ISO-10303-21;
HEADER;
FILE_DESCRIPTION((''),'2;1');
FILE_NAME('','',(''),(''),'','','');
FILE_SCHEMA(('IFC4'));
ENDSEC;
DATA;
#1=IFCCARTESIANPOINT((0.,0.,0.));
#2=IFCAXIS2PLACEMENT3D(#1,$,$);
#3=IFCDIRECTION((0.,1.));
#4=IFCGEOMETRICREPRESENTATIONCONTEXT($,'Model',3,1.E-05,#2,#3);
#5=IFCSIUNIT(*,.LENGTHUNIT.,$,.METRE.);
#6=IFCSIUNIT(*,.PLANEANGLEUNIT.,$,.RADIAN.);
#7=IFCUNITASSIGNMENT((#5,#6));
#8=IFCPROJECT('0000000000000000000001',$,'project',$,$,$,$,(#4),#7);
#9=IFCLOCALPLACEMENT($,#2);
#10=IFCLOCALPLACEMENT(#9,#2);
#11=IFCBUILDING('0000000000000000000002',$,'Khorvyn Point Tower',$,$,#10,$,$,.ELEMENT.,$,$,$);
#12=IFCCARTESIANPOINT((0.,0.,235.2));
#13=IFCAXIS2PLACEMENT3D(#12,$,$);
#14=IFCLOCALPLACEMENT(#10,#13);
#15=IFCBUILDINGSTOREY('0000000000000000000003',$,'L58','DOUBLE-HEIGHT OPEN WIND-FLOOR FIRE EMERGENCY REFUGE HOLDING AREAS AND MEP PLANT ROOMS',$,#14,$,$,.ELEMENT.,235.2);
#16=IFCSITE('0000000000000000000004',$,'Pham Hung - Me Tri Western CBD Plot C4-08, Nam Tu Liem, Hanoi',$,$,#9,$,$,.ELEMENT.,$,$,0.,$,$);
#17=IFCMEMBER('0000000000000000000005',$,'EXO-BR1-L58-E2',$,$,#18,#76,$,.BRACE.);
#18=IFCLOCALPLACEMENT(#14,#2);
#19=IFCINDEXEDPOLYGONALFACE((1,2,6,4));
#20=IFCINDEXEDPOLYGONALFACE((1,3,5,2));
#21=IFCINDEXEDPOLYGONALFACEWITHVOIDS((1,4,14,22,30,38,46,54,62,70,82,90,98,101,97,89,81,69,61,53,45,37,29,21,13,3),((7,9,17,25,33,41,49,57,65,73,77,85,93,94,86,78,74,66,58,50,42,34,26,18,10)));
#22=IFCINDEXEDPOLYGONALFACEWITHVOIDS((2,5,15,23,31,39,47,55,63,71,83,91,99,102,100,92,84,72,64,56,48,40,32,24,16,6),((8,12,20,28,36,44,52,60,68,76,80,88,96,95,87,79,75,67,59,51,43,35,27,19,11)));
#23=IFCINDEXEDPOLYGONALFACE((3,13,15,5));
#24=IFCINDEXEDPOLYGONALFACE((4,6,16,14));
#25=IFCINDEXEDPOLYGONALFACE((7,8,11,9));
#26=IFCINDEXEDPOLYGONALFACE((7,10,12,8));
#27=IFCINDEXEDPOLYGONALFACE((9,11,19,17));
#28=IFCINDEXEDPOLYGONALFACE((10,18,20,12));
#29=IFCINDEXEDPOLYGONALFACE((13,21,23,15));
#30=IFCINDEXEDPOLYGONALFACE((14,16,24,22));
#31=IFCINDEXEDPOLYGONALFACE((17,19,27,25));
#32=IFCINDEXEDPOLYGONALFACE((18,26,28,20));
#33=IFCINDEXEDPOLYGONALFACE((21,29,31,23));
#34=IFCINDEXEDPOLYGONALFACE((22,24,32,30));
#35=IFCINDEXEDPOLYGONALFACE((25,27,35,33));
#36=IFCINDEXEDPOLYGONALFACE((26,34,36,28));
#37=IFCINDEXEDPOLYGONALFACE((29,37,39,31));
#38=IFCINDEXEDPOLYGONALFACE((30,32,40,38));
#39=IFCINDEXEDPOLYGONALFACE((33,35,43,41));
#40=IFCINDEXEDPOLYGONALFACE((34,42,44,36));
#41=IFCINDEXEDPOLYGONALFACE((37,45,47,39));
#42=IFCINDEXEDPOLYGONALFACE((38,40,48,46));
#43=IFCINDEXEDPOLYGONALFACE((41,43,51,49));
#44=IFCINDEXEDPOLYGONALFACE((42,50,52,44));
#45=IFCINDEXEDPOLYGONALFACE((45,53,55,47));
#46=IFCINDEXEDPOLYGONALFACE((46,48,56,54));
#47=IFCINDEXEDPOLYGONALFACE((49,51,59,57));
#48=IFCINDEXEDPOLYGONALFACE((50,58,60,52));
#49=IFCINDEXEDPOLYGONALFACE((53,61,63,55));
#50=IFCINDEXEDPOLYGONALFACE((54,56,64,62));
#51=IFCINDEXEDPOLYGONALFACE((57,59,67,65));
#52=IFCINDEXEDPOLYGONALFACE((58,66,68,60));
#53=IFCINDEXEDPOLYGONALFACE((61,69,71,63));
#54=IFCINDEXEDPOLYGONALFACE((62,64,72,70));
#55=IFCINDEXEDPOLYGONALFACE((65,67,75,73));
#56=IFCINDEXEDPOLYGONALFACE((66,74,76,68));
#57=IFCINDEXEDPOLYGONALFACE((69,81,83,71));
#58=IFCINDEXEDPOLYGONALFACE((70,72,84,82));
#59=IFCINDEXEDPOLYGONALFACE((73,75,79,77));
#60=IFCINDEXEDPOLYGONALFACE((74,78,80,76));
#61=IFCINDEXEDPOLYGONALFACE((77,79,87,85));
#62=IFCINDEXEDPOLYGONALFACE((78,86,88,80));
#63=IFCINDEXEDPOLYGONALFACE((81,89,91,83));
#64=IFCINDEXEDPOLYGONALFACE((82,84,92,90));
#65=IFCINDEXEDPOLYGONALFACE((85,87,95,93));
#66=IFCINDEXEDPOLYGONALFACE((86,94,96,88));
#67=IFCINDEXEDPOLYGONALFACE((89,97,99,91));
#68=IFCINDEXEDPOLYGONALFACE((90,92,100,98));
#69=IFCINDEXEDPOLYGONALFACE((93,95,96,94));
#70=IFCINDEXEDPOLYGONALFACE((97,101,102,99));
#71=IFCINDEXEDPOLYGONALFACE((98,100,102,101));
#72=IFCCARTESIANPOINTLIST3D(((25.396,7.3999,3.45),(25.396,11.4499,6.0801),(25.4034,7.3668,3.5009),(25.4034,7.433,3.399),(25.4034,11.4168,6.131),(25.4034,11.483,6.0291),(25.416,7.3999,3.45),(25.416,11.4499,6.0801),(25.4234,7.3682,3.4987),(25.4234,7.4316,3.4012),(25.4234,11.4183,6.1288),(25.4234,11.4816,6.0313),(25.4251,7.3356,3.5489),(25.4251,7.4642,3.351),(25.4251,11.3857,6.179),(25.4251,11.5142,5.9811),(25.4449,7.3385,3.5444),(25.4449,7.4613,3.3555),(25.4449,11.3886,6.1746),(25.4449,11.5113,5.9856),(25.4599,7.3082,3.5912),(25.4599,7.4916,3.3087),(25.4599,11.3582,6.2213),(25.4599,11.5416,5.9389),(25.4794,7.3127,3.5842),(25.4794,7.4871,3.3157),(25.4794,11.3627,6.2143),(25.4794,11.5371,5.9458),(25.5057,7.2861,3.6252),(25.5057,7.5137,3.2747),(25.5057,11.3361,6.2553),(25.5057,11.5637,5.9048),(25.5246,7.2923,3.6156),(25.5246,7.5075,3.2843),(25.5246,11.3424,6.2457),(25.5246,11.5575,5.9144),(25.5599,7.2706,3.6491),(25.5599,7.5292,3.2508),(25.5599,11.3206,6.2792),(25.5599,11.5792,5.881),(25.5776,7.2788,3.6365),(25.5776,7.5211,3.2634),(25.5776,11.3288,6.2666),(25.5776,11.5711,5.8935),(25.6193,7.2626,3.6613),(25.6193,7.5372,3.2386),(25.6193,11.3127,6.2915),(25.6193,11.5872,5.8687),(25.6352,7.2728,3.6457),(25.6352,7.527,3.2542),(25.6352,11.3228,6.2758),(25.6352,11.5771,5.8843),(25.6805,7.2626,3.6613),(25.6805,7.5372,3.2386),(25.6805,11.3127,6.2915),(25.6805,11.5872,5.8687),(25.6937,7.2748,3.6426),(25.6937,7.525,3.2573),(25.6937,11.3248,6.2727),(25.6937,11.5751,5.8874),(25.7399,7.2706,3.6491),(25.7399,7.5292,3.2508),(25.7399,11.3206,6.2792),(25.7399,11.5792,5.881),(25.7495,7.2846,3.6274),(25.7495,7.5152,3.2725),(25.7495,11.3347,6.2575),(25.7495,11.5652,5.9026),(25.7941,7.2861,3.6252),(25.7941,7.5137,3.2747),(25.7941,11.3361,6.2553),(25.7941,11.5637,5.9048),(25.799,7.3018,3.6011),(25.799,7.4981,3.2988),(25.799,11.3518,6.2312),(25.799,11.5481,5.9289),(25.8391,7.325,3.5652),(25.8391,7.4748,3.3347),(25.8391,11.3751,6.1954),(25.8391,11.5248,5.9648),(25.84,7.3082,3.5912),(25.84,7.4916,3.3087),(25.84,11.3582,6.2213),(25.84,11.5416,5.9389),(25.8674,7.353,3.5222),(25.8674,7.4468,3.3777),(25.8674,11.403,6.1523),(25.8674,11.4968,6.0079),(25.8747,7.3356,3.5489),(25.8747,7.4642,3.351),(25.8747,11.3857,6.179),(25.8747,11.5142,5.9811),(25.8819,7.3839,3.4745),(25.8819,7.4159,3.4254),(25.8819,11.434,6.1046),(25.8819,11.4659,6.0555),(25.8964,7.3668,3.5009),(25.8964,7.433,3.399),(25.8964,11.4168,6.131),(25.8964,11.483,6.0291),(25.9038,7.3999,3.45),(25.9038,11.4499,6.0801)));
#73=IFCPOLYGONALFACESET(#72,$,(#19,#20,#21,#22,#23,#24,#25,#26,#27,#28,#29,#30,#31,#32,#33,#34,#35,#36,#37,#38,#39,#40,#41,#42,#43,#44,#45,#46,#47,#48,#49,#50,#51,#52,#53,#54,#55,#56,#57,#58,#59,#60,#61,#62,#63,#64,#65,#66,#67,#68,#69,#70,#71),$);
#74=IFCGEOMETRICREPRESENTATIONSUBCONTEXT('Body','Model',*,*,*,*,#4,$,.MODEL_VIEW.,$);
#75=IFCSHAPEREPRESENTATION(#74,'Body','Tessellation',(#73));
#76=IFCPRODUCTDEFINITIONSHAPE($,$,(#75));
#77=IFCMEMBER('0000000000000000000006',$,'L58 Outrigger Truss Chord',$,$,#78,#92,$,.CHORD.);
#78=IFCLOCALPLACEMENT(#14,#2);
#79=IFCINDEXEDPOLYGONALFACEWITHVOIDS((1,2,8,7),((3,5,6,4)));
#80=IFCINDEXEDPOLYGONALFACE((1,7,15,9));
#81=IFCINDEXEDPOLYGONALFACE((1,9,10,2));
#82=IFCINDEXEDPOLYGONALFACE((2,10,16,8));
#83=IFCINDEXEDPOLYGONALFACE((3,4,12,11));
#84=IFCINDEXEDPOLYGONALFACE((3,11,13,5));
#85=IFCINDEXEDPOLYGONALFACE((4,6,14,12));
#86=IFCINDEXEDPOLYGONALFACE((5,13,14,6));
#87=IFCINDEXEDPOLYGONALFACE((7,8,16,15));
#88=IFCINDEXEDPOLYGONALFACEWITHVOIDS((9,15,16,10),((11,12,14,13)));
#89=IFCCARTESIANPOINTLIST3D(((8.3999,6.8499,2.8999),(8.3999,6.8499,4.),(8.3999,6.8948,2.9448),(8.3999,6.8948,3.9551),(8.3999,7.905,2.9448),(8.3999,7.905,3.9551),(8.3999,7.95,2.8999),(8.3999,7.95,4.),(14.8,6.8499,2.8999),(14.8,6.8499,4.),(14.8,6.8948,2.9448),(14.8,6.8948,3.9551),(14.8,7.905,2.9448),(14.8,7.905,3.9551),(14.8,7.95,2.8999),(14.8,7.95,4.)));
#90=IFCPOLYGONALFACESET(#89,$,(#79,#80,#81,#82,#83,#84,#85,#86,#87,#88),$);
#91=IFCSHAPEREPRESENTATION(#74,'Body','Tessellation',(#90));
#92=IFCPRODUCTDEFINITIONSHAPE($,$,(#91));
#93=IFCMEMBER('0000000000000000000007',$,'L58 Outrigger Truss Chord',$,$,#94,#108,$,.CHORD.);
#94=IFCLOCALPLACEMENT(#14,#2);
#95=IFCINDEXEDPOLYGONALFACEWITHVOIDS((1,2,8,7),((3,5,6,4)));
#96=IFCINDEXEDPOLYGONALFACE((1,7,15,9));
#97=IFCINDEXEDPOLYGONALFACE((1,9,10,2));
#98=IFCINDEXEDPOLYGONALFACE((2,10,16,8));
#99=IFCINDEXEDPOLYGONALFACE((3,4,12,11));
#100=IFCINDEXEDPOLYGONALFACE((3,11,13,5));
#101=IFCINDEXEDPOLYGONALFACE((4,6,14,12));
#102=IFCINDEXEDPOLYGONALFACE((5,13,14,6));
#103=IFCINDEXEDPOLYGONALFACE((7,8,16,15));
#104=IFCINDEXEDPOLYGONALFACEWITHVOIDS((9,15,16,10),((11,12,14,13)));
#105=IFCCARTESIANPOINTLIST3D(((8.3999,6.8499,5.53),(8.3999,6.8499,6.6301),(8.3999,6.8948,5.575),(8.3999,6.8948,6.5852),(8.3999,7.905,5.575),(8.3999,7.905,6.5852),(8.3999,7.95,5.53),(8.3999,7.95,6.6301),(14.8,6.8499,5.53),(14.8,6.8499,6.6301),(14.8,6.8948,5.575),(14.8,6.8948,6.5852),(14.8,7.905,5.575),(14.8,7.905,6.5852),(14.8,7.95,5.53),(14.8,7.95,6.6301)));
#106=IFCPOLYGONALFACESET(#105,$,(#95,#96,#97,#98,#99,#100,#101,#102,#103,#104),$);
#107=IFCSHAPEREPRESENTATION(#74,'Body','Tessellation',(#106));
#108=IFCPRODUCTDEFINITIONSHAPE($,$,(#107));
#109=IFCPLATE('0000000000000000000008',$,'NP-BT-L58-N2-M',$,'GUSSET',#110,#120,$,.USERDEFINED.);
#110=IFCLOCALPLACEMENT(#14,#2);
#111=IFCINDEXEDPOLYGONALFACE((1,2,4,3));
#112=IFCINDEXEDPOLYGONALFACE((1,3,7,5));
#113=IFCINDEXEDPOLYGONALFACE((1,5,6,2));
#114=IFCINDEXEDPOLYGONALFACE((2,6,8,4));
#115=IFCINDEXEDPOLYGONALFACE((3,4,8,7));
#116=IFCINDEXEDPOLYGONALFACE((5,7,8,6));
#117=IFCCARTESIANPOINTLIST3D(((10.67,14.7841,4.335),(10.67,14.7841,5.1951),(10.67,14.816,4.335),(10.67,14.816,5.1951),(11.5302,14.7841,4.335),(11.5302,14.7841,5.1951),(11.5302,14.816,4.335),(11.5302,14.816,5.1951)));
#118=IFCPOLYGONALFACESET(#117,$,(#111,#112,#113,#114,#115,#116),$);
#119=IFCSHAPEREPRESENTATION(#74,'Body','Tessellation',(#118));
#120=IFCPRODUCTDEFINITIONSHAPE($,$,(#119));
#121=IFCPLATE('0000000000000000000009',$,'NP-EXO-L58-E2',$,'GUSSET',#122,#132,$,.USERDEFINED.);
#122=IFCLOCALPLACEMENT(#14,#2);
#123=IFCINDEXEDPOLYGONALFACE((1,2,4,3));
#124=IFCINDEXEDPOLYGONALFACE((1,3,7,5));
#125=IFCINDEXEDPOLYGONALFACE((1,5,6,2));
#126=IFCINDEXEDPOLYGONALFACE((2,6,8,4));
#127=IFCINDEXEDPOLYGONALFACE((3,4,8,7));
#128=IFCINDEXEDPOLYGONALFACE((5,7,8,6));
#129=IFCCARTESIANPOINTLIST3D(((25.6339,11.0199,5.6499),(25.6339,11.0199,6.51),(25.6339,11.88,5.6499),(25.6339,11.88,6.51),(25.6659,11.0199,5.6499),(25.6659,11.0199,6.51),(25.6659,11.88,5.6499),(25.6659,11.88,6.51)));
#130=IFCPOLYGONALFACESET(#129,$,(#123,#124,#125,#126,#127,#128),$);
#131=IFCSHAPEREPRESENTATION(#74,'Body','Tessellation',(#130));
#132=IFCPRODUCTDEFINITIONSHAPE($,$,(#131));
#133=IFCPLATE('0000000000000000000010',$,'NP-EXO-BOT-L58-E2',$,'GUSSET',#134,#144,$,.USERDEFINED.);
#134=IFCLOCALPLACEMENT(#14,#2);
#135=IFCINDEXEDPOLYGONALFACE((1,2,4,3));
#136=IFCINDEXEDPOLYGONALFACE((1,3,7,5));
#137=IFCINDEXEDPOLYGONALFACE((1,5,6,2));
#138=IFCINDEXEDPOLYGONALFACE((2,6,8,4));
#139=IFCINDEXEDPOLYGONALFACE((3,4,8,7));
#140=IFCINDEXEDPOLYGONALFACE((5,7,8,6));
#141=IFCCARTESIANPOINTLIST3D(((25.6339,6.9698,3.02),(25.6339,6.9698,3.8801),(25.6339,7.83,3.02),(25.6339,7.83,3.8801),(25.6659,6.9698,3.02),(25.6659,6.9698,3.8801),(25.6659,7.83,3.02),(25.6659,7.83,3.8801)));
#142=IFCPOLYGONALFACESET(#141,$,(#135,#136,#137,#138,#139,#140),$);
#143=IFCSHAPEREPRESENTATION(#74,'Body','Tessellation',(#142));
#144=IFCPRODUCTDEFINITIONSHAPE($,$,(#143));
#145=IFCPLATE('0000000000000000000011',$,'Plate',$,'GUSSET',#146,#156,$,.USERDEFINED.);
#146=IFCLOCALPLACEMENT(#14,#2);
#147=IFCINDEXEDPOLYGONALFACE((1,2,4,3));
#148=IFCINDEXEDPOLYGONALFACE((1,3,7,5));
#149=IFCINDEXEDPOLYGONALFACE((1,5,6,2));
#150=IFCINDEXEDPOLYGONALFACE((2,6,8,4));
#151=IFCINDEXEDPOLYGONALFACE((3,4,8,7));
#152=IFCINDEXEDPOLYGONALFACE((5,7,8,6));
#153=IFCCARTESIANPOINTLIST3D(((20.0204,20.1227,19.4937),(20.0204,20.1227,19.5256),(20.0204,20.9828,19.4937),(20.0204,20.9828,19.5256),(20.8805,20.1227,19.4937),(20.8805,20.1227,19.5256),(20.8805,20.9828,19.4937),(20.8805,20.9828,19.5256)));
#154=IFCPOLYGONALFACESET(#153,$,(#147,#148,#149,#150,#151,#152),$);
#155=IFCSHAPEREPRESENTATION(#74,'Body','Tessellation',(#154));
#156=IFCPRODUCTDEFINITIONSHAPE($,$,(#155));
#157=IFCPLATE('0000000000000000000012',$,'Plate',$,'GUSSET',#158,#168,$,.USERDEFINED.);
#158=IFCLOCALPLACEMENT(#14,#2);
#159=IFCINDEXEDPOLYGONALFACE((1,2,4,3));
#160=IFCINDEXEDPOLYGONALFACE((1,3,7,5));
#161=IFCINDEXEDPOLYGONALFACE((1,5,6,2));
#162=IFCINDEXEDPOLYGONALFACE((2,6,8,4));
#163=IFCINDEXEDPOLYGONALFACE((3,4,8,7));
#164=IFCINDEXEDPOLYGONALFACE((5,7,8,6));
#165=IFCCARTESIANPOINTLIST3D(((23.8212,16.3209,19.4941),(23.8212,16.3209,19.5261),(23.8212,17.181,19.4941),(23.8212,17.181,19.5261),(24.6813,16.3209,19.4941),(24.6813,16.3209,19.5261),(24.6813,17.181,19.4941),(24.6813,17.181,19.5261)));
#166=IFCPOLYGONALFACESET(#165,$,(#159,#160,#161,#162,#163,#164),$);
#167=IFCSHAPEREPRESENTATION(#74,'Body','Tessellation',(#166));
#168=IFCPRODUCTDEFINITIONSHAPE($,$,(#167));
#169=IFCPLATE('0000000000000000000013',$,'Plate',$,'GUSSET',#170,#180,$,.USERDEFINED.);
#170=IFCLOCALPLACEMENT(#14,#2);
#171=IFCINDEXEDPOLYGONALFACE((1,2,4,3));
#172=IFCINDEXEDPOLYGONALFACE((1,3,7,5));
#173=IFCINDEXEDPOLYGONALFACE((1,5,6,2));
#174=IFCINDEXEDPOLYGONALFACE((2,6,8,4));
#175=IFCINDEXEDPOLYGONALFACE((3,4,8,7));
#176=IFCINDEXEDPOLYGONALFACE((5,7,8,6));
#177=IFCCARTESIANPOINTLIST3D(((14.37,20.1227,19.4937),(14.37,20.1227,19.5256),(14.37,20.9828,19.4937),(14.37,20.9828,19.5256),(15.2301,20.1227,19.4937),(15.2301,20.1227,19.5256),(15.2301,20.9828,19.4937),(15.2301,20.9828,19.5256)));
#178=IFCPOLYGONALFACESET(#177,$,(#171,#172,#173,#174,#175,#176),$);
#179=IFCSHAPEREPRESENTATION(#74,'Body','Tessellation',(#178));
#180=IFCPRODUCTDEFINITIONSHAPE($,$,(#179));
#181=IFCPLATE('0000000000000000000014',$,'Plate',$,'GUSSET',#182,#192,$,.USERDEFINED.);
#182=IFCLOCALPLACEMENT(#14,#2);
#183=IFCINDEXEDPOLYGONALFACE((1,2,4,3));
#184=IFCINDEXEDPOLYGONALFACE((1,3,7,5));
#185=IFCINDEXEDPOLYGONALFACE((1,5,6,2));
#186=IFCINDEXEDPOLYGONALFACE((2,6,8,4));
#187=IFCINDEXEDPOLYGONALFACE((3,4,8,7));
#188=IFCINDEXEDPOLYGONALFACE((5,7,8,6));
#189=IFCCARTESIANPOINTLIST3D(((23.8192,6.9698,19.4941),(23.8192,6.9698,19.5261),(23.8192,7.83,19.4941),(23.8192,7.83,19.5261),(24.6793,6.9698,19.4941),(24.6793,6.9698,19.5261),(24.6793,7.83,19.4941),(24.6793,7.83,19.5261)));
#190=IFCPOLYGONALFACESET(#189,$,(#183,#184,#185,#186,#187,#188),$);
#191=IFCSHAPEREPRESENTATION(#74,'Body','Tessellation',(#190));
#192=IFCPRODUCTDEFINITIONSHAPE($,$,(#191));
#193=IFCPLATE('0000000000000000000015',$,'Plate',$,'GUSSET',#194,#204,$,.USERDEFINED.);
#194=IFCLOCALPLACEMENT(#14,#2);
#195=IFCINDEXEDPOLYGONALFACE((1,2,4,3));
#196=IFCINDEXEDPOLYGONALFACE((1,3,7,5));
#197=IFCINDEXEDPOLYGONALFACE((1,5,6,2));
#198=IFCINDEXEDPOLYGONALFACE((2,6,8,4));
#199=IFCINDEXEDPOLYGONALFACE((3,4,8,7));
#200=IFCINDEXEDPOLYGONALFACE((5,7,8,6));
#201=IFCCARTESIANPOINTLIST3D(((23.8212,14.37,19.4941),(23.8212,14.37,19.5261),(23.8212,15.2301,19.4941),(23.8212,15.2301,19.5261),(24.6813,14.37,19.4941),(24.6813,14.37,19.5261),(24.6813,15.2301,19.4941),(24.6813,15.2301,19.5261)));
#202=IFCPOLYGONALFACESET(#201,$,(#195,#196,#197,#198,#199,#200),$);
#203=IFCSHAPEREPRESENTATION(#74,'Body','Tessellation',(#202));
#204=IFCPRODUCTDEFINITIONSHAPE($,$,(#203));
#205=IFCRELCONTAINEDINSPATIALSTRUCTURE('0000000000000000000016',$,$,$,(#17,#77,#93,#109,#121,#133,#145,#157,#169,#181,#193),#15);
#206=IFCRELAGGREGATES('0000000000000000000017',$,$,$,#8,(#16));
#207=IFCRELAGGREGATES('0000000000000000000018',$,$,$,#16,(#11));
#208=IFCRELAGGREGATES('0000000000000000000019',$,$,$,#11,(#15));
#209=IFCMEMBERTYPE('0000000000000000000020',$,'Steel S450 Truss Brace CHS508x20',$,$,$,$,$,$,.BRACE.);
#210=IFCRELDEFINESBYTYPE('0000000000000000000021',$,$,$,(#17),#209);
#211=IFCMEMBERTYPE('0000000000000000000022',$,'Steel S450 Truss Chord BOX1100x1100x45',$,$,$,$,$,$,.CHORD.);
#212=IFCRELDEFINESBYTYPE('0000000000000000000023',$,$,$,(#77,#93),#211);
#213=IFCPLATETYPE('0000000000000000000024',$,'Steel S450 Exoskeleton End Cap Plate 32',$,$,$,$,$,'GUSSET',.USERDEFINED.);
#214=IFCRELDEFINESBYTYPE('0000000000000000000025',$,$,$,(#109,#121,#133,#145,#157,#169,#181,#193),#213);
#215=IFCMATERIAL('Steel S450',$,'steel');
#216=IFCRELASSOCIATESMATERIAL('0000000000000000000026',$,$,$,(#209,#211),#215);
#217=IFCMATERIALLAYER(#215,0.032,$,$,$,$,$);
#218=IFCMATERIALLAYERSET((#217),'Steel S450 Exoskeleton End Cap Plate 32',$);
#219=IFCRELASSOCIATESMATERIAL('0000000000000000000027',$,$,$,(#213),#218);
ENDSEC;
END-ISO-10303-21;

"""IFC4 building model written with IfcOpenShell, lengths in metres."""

from ifc_helpers import new_model, si_unit, direction, frame, origin, origin_2d, place, context, subcontext, project, spatial, rectangle, hollow_rectangle, hollow_circle, extrude, material, layer, layer_set, material_profile, profile_set, type_object, element, save


model = new_model("IFC4")

# Units and contexts
model_context = context("Model", 3, precision=1e-05, world=origin(), true_north=direction((0.0, 1.0)))
body_context = subcontext(model_context, "Body", "Model", "MODEL_VIEW")
ifc_project = project(units=[si_unit("LENGTHUNIT", "METRE"), si_unit("PLANEANGLEUNIT", "RADIAN")], contexts=[model_context])

# Site, building, storey
site_placement = place(None, origin())
site = spatial("IfcSite", under=ifc_project, at=site_placement, Name="Pham Hung - Me Tri Western CBD Plot C4-08, Nam Tu Liem, Hanoi", CompositionType="ELEMENT", RefElevation=0.0)
building_placement = place(site_placement, origin())
building = spatial("IfcBuilding", under=site, at=building_placement, Name="Khorvyn Point Tower", CompositionType="ELEMENT")
storey_placement = place(building_placement, frame((0.0, 0.0, 235.2)))
storey = spatial("IfcBuildingStorey", under=building, at=storey_placement, Name="L58", Description="DOUBLE-HEIGHT OPEN WIND-FLOOR FIRE EMERGENCY REFUGE HOLDING AREAS AND MEP PLANT ROOMS", CompositionType="ELEMENT", Elevation=235.2)

# Shared definitions
ifc_material_1 = material(Name="Steel S450", Category="steel")

# Members
ifc_material_profile_1 = material_profile(ifc_material_1, hollow_circle(Radius=0.2539, WallThickness=0.02, at=origin_2d()))
ifc_profile_set_1 = profile_set([ifc_material_profile_1], Name="Steel S450 CHS508x20")
member_type_1 = type_object("IfcMemberType", Name="Steel S450 Truss Brace CHS508x20", PredefinedType="BRACE", material=ifc_profile_set_1)
member_1_placement = place(storey_placement, frame((25.6499, 7.3999, 3.45), z_axis=(0.0, 0.838671, 0.544638), x_axis=(-1.0, 0.0, 0.0)))
element("IfcMember", 1, at=member_1_placement, inside=storey, type_object=member_type_1, Name="EXO-BR1-L58-E2", PredefinedType="BRACE", context=body_context, shape_type="SweptSolid", body=[
    extrude(hollow_circle(Radius=0.2539, WallThickness=0.02, at=origin_2d()), origin(), (0.0, 0.0, 1.0), 4.8291),
])
ifc_material_profile_2 = material_profile(ifc_material_1, hollow_rectangle(XDim=1.1001, YDim=1.1001, WallThickness=0.0449, at=origin_2d()))
ifc_profile_set_2 = profile_set([ifc_material_profile_2], Name="Steel S450 BOX1100x1100x45")
member_type_2 = type_object("IfcMemberType", Name="Steel S450 Truss Chord BOX1100x1100x45", PredefinedType="CHORD", material=ifc_profile_set_2)
for number, where, z_axis, x_axis, name in (
    (2, (8.3999, 7.3999, 3.45), (1.0, 0.0, 0.0), (0.0, 1.0, 0.0), "L58 Outrigger Truss Chord"),
    (3, (8.3999, 7.3999, 6.0801), (1.0, 0.0, 0.0), (0.0, 1.0, 0.0), "L58 Outrigger Truss Chord"),
):
    element("IfcMember", number, at=place(storey_placement, frame(where, z_axis=z_axis, x_axis=x_axis)), inside=storey, type_object=member_type_2, Name=name, PredefinedType="CHORD", context=body_context, shape_type="SweptSolid", body=[
        extrude(hollow_rectangle(XDim=1.1001, YDim=1.1001, WallThickness=0.0449, at=origin_2d()), origin(), (0.0, 0.0, 1.0), 6.4001),
    ])

# Plates
ifc_layer_1 = layer(ifc_material_1, 0.032)
ifc_layer_set_1 = layer_set([ifc_layer_1], Name="Steel S450 Exoskeleton End Cap Plate 32")
plate_type_1 = type_object("IfcPlateType", Name="Steel S450 Exoskeleton End Cap Plate 32", ElementType="GUSSET", PredefinedType="USERDEFINED", material=ifc_layer_set_1)
plate_placement = place(storey_placement, frame((11.1001, 14.8, 4.335), z_axis=(0.0, 0.0, 1.0), x_axis=(1.0, 0.0, 0.0)))
element("IfcPlate", 4, at=plate_placement, inside=storey, type_object=plate_type_1, Name="NP-BT-L58-N2-M", ObjectType="GUSSET", PredefinedType="USERDEFINED", context=body_context, shape_type="SweptSolid", body=[
    extrude(rectangle(XDim=0.8601, YDim=0.032, at=origin_2d()), origin(), (0.0, 0.0, 1.0), 0.8601),
])
for number, where, z_axis, x_axis, name in (
    (5, (25.6499, 11.45, 5.6499), (0.0, 0.0, 1.0), (1.0, 0.0, 0.0), "NP-EXO-L58-E2"),
    (6, (25.6499, 7.3999, 3.02), (0.0, 0.0, 1.0), (1.0, 0.0, 0.0), "NP-EXO-BOT-L58-E2"),
):
    element("IfcPlate", number, at=place(storey_placement, frame(where, z_axis=z_axis, x_axis=x_axis)), inside=storey, type_object=plate_type_1, Name=name, ObjectType="GUSSET", PredefinedType="USERDEFINED", context=body_context, shape_type="SweptSolid", body=[
        extrude(rectangle(XDim=0.032, YDim=0.8601, at=origin_2d()), origin(), (0.0, 0.0, 1.0), 0.8601),
    ])
for number, where, z_axis, x_axis, name in (
    (7, (20.4504, 20.5527, 19.4937), (0.0, 0.0, 1.0), (1.0, 0.0, 0.0), "Plate"),
    (8, (24.2512, 16.751, 19.4941), (0.0, 0.0, 1.0), (1.0, 0.0, 0.0), "Plate"),
    (9, (14.8, 20.5527, 19.4937), (0.0, 0.0, 1.0), (1.0, 0.0, 0.0), "Plate"),
    (10, (24.2493, 7.3999, 19.4941), (0.0, 0.0, 1.0), (1.0, 0.0, 0.0), "Plate"),
    (11, (24.2512, 14.8, 19.4941), (0.0, 0.0, 1.0), (1.0, 0.0, 0.0), "Plate"),
):
    element("IfcPlate", number, at=place(storey_placement, frame(where, z_axis=z_axis, x_axis=x_axis)), inside=storey, type_object=plate_type_1, Name=name, ObjectType="GUSSET", PredefinedType="USERDEFINED", context=body_context, shape_type="SweptSolid", body=[
        extrude(rectangle(XDim=0.8601, YDim=0.8601, at=origin_2d()), origin(), (0.0, 0.0, 1.0), 0.032),
    ])

save(model, "model.ifc")
